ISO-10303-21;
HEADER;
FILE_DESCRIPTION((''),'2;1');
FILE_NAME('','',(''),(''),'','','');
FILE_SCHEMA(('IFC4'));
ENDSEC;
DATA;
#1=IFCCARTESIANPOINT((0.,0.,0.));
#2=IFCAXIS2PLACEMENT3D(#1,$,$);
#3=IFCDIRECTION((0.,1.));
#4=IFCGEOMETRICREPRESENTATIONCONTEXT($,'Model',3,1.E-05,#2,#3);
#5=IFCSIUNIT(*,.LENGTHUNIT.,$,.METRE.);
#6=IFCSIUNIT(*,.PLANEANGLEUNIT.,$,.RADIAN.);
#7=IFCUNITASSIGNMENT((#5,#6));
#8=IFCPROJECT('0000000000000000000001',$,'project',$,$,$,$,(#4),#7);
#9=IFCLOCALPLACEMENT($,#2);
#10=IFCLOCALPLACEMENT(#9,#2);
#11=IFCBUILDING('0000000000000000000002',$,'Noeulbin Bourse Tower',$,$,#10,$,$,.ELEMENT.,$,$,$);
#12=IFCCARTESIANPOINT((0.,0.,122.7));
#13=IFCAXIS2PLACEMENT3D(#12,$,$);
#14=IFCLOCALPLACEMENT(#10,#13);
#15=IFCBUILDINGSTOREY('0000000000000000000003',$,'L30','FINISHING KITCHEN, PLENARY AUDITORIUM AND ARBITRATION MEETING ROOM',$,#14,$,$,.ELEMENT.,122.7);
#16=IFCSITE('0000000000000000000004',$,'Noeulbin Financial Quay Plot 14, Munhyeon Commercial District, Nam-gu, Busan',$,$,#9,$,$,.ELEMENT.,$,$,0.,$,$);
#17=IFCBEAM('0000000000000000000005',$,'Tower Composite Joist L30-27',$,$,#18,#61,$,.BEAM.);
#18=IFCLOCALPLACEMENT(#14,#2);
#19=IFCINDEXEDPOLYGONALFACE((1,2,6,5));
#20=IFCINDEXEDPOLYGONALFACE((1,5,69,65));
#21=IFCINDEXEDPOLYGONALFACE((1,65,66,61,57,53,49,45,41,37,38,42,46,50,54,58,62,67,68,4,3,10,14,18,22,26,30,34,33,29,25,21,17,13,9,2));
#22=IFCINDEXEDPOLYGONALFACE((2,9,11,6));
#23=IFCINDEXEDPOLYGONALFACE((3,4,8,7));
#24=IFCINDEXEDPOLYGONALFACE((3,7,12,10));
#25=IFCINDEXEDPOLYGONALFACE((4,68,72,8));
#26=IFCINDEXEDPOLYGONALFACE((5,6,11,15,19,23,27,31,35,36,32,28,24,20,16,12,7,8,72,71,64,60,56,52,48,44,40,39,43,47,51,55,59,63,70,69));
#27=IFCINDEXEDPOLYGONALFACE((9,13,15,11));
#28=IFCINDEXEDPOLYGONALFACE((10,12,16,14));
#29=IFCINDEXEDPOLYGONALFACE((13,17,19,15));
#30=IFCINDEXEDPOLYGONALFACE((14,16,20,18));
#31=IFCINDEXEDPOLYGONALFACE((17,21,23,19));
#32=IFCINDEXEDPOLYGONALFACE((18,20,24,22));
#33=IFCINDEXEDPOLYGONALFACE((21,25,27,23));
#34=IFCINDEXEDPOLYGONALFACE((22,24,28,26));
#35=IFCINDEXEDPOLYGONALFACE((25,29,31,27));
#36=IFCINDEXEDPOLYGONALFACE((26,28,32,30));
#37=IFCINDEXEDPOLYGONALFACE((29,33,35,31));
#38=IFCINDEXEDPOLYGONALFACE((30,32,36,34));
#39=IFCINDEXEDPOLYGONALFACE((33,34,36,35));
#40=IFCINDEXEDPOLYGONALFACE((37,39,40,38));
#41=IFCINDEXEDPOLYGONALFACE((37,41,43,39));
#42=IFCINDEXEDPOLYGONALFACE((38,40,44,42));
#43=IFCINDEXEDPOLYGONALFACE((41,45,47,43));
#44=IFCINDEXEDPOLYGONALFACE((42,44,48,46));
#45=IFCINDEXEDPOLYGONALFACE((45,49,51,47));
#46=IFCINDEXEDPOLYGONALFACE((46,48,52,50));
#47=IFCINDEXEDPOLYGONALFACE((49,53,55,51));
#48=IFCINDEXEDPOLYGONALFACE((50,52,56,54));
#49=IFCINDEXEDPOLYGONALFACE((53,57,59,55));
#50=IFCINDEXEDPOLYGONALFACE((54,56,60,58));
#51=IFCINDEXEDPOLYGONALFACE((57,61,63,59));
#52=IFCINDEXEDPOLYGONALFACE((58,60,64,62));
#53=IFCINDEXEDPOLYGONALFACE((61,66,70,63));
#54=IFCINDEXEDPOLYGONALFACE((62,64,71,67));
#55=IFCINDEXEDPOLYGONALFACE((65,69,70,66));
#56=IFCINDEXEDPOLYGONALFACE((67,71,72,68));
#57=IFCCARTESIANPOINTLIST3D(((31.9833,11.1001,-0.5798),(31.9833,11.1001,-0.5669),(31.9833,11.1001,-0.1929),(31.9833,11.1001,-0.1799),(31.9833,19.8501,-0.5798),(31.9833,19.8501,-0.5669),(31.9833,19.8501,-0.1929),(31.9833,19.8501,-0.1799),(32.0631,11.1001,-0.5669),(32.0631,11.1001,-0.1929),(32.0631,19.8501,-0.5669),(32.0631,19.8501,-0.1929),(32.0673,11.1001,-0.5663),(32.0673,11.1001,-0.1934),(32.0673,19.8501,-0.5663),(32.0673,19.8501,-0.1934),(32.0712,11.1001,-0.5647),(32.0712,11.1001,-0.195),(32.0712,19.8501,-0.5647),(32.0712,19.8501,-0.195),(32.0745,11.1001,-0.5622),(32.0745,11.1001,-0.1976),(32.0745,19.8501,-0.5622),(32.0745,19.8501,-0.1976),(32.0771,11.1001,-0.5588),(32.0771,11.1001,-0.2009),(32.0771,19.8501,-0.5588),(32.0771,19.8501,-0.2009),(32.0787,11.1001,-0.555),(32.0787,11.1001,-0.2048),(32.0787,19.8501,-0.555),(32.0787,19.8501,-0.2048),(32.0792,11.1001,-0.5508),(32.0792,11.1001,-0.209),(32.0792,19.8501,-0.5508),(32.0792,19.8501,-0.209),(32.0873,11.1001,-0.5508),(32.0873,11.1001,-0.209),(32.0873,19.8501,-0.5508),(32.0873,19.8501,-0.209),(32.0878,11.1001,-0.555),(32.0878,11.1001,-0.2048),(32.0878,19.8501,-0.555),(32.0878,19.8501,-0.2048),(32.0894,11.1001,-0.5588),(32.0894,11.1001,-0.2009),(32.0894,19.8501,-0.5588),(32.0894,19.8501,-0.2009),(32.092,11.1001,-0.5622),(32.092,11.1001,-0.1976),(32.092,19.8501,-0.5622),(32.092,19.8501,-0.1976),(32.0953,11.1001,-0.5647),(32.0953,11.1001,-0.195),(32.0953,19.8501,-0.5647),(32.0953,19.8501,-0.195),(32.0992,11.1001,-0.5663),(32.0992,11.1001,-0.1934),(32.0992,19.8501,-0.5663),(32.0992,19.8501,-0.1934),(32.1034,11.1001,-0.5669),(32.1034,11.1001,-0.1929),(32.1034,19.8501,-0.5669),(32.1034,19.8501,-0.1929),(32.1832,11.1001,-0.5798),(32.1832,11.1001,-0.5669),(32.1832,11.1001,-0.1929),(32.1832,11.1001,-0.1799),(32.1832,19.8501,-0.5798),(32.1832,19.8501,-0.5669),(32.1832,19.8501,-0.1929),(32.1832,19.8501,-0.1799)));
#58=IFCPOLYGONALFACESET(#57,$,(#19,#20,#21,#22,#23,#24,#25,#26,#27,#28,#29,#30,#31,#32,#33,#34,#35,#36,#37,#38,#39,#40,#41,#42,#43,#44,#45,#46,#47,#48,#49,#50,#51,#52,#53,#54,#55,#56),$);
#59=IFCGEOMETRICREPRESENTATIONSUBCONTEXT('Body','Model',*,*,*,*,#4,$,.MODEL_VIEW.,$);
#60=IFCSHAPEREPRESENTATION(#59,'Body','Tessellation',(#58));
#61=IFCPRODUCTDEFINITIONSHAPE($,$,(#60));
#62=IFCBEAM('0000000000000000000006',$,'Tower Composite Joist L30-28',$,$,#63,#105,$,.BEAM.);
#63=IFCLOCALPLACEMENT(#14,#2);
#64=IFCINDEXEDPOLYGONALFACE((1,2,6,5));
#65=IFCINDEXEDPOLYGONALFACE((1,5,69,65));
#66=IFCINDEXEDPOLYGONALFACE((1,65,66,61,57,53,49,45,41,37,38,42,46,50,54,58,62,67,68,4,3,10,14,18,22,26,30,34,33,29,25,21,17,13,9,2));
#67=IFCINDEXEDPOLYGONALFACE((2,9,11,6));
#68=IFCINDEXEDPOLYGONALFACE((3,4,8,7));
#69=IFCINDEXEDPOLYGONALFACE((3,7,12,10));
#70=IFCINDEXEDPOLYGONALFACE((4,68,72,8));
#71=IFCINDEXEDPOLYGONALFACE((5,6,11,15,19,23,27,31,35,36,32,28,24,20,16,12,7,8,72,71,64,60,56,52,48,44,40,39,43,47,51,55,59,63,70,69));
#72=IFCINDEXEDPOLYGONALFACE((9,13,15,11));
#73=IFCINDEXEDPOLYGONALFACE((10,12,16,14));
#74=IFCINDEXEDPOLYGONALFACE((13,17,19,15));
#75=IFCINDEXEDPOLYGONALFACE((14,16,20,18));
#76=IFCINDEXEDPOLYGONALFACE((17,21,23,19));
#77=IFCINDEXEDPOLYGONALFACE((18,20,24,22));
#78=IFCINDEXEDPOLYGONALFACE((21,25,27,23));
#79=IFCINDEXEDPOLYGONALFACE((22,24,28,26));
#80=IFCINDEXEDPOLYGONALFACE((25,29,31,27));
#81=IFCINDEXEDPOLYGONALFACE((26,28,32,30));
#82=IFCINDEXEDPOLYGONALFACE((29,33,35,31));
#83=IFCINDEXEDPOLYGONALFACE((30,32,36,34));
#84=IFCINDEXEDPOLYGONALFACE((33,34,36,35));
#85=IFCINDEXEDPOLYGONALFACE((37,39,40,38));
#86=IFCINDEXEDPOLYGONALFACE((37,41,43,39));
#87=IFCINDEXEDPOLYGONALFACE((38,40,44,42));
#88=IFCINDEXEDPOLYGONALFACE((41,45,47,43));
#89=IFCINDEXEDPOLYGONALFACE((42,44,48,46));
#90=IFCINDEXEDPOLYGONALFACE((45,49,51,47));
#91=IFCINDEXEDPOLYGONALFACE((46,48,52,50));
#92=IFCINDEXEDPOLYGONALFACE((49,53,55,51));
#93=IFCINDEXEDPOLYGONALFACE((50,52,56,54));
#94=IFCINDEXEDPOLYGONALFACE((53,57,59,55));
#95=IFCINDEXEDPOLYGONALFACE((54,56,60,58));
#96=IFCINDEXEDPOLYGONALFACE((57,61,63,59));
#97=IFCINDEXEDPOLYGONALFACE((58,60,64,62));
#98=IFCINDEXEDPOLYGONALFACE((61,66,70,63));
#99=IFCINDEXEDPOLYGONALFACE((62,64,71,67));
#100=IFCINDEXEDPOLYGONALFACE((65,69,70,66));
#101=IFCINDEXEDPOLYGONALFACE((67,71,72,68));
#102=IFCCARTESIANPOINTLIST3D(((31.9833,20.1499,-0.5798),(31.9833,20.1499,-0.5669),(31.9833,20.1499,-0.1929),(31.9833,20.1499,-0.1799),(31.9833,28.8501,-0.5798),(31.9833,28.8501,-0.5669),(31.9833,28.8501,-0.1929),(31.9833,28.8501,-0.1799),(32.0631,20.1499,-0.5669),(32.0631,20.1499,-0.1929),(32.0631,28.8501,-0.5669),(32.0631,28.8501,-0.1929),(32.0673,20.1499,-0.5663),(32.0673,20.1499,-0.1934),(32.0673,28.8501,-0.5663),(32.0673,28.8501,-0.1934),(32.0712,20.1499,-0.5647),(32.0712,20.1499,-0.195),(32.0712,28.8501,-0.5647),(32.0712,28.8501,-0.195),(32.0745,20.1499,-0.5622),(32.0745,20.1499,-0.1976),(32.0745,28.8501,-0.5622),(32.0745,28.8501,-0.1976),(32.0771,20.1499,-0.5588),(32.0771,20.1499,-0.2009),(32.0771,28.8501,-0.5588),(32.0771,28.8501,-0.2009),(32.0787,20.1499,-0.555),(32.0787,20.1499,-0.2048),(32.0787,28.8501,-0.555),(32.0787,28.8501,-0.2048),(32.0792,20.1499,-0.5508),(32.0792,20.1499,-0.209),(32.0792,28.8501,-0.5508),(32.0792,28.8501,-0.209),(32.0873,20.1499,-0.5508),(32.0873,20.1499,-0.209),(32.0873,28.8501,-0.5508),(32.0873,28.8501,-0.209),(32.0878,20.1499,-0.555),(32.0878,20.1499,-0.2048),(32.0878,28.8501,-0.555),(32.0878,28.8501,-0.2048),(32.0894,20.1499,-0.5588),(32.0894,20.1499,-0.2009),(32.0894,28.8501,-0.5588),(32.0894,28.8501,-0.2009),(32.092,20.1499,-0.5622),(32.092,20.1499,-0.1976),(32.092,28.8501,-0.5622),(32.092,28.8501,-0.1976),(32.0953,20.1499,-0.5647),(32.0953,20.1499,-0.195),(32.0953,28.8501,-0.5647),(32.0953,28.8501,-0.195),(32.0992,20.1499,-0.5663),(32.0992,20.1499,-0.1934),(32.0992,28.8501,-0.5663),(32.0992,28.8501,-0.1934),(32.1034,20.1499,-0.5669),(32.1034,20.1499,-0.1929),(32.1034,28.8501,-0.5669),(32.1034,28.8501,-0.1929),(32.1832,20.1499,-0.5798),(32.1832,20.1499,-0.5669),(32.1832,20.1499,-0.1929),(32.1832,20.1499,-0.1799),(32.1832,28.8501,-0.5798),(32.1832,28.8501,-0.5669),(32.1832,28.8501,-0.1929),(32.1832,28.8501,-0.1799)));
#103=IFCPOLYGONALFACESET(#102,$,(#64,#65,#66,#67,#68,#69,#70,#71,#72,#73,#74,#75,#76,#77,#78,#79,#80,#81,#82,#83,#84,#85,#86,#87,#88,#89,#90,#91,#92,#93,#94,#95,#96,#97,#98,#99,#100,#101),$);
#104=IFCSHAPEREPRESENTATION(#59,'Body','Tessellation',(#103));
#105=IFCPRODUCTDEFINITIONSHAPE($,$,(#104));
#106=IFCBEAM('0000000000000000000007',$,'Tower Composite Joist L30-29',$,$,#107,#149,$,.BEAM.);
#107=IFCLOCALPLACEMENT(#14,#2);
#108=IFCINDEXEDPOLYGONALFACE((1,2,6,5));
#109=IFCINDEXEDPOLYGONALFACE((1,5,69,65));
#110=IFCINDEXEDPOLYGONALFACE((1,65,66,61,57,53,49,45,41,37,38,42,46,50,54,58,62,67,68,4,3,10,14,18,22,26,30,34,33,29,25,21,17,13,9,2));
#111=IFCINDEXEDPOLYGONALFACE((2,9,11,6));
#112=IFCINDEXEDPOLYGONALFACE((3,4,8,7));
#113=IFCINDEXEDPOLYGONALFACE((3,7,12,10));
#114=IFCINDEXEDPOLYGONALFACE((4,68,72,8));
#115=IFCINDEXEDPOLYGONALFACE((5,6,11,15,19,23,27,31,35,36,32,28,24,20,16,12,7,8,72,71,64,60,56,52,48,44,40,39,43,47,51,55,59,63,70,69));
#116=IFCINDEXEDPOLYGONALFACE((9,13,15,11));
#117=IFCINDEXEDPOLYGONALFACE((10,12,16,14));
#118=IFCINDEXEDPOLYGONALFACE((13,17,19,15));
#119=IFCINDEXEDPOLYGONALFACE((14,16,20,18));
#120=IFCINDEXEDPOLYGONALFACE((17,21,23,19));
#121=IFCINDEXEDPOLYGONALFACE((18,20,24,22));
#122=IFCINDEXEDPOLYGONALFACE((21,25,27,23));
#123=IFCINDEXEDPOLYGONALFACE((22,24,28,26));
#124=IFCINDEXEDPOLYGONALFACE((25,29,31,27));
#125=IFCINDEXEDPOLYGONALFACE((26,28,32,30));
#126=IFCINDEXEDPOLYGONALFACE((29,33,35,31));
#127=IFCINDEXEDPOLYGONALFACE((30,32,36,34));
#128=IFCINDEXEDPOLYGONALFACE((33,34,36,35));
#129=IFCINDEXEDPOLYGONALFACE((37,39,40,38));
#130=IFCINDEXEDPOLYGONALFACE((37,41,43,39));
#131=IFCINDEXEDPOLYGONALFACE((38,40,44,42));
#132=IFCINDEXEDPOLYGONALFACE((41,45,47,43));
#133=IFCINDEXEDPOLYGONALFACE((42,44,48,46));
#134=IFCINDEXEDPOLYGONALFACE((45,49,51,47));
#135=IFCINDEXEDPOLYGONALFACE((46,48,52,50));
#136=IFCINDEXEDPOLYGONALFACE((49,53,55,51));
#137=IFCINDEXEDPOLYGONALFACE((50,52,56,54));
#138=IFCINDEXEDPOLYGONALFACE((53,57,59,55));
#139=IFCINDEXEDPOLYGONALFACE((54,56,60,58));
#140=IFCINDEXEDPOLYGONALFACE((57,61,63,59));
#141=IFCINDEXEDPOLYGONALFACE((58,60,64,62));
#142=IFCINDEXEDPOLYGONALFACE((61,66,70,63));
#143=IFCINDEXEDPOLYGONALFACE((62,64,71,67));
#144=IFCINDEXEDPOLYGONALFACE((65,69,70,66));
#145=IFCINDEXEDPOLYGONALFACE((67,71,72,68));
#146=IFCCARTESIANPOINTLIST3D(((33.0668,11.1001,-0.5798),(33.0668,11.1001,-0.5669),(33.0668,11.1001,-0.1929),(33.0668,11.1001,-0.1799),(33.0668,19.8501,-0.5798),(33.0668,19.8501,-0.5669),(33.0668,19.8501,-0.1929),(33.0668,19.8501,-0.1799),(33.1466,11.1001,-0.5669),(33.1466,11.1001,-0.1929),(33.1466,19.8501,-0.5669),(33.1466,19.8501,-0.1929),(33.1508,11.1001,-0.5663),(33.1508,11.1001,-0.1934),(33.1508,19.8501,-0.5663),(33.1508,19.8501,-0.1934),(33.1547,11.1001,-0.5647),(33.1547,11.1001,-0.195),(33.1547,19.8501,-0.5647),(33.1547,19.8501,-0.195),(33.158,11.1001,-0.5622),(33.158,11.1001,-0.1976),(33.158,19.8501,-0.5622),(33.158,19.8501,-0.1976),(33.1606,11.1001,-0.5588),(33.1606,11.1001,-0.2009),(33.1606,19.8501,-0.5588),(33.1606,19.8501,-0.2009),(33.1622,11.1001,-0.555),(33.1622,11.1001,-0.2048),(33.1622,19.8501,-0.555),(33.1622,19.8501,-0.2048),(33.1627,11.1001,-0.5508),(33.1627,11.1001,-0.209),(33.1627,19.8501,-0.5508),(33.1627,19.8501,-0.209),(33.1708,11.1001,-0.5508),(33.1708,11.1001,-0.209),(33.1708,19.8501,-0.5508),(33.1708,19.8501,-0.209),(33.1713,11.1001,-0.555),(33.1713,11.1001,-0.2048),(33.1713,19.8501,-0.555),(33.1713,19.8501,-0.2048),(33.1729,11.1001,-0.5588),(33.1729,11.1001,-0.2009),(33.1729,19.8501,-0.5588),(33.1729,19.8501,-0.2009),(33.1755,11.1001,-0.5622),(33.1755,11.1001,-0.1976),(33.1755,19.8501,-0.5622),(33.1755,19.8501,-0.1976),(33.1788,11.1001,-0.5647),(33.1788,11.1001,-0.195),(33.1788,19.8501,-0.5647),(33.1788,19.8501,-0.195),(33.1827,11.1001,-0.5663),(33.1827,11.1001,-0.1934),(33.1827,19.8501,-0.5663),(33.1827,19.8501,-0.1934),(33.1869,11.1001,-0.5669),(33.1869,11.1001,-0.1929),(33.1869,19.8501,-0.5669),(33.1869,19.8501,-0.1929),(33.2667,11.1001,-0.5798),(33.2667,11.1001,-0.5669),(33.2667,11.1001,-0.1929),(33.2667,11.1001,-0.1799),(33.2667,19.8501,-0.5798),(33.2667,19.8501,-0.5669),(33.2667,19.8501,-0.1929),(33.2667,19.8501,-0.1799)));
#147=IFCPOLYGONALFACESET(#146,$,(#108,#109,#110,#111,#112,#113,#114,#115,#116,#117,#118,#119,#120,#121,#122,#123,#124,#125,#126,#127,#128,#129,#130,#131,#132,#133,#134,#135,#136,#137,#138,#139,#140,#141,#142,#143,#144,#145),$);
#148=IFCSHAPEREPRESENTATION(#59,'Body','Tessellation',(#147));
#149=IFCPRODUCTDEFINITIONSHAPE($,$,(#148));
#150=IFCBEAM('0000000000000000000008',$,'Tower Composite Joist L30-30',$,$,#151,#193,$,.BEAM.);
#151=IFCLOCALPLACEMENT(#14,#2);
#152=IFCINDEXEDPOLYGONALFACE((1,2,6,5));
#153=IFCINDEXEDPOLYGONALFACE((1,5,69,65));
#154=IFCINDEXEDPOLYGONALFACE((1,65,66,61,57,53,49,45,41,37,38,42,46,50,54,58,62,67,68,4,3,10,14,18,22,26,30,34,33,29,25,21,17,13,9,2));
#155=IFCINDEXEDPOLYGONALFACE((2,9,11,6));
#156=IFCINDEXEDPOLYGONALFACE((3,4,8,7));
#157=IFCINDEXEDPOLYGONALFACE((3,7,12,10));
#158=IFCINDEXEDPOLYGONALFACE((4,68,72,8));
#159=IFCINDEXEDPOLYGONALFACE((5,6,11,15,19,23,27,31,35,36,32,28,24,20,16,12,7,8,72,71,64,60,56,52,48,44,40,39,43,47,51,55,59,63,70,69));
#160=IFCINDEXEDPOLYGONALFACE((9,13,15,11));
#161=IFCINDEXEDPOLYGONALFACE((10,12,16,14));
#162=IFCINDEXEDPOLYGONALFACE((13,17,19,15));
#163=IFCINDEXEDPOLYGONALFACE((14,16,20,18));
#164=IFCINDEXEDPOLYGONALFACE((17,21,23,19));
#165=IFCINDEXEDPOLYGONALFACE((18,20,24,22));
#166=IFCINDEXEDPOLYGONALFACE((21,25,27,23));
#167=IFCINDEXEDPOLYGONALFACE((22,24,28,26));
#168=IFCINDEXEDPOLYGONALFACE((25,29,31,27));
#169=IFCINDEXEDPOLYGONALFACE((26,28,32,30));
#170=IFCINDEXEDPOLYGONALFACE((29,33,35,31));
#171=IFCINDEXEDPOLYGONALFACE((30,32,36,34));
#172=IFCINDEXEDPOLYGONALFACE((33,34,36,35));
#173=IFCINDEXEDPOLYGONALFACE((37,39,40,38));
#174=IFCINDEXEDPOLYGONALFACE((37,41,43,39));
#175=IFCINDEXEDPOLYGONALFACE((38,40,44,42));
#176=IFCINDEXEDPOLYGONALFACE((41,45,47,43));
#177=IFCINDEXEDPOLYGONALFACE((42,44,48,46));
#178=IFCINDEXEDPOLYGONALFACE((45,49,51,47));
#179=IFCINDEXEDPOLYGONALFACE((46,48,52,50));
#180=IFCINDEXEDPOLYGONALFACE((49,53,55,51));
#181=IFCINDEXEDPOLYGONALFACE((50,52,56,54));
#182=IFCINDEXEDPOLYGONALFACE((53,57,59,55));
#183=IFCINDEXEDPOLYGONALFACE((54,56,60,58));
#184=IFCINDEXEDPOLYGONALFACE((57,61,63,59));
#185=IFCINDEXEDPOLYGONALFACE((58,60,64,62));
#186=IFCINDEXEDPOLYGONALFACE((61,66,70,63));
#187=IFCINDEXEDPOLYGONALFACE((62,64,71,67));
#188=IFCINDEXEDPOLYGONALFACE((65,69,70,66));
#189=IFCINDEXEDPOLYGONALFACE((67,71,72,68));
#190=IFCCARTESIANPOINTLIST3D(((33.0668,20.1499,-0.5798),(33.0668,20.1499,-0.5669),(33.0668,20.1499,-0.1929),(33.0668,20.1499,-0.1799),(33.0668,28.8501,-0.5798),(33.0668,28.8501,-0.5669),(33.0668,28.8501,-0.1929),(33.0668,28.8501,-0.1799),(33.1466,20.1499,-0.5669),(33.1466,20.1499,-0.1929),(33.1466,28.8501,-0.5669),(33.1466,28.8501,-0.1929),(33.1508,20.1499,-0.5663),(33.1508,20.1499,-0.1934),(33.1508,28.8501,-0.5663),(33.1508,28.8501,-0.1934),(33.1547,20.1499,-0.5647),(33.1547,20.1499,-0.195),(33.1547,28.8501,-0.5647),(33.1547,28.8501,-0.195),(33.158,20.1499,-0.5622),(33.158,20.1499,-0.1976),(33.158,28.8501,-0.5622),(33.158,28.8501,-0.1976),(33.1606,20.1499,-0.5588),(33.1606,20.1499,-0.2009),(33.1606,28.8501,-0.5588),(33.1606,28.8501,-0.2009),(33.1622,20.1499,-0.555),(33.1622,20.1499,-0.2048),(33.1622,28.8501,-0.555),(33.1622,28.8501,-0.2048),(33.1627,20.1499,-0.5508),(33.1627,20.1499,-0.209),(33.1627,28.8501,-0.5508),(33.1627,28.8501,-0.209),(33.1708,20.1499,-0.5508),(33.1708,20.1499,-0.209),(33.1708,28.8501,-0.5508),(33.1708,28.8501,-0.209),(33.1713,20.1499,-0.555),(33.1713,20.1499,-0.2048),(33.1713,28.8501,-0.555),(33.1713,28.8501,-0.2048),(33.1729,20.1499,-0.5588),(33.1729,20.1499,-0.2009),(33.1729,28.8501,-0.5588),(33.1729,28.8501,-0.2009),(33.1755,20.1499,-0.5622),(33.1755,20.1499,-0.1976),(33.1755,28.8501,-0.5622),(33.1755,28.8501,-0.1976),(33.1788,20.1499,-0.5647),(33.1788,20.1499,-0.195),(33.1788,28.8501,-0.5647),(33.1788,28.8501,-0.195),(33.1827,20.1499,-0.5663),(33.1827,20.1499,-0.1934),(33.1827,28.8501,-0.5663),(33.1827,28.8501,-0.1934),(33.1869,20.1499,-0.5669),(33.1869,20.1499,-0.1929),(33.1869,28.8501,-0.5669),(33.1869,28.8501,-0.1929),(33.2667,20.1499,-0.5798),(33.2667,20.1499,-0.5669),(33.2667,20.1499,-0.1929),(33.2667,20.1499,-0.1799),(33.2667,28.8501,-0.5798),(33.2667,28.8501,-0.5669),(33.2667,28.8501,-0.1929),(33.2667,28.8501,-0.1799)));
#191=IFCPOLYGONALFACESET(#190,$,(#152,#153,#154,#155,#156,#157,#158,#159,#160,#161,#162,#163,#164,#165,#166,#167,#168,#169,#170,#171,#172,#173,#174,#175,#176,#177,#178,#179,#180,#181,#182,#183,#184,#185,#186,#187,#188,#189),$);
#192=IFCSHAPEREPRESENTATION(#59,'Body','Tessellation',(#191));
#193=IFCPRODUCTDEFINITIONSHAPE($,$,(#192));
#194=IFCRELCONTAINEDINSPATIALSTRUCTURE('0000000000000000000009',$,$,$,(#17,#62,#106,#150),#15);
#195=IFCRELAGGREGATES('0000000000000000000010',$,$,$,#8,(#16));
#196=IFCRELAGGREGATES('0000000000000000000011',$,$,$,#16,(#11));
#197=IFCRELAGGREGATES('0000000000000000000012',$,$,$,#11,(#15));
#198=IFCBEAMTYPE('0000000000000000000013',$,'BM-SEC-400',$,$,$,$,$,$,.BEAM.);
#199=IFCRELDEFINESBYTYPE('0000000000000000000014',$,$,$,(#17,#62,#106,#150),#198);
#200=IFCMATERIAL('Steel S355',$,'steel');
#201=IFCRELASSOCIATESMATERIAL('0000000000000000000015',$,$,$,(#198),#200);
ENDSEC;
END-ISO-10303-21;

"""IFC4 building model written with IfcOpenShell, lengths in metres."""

from ifc_helpers import new_model, si_unit, direction, frame, origin, origin_2d, place, context, subcontext, project, spatial, i_section, extrude, material, material_profile, profile_set, type_object, element, save


model = new_model("IFC4")

# Units and contexts
model_context = context("Model", 3, precision=1e-05, world=origin(), true_north=direction((0.0, 1.0)))
body_context = subcontext(model_context, "Body", "Model", "MODEL_VIEW")
ifc_project = project(units=[si_unit("LENGTHUNIT", "METRE"), si_unit("PLANEANGLEUNIT", "RADIAN")], contexts=[model_context])

# Site, building, storey
site_placement = place(None, origin())
site = spatial("IfcSite", under=ifc_project, at=site_placement, Name="Noeulbin Financial Quay Plot 14, Munhyeon Commercial District, Nam-gu, Busan", CompositionType="ELEMENT", RefElevation=0.0)
building_placement = place(site_placement, origin())
building = spatial("IfcBuilding", under=site, at=building_placement, Name="Noeulbin Bourse Tower", CompositionType="ELEMENT")
storey_placement = place(building_placement, frame((0.0, 0.0, 122.7)))
storey = spatial("IfcBuildingStorey", under=building, at=storey_placement, Name="L30", Description="FINISHING KITCHEN, PLENARY AUDITORIUM AND ARBITRATION MEETING ROOM", CompositionType="ELEMENT", Elevation=122.7)

# Beams
ifc_material_1 = material(Name="Steel S355", Category="steel")
ifc_material_profile_1 = material_profile(ifc_material_1, i_section(OverallWidth=0.2, OverallDepth=0.3999, WebThickness=0.0081, FlangeThickness=0.0129, FilletRadius=0.0161, at=origin_2d()), Name="H-400x200x8x13", Category="LoadBearing")
ifc_profile_set_1 = profile_set([ifc_material_profile_1], Name="Steel S355")
beam_type_1 = type_object("IfcBeamType", Name="BM-SEC-400", PredefinedType="BEAM", material=ifc_profile_set_1)
beam_1_placement = place(storey_placement, frame((32.0833, 11.1001, -0.3799), z_axis=(0.0, 1.0, 0.0), x_axis=(-1.0, 0.0, 0.0)))
element("IfcBeam", 1, at=beam_1_placement, inside=storey, type_object=beam_type_1, Name="Tower Composite Joist L30-27", PredefinedType="BEAM", context=body_context, shape_type="SweptSolid", body=[
    extrude(i_section(OverallWidth=0.2, OverallDepth=0.3999, WebThickness=0.0081, FlangeThickness=0.0129, FilletRadius=0.0161, at=origin_2d()), origin(), (0.0, 0.0, 1.0), 8.75),
])
beam_2_placement = place(storey_placement, frame((32.0833, 20.1499, -0.3799), z_axis=(0.0, 1.0, 0.0), x_axis=(-1.0, 0.0, 0.0)))
element("IfcBeam", 2, at=beam_2_placement, inside=storey, type_object=beam_type_1, Name="Tower Composite Joist L30-28", PredefinedType="BEAM", context=body_context, shape_type="SweptSolid", body=[
    extrude(i_section(OverallWidth=0.2, OverallDepth=0.3999, WebThickness=0.0081, FlangeThickness=0.0129, FilletRadius=0.0161, at=origin_2d()), origin(), (0.0, 0.0, 1.0), 8.7002),
])
beam_3_placement = place(storey_placement, frame((33.1667, 11.1001, -0.3799), z_axis=(0.0, 1.0, 0.0), x_axis=(-1.0, 0.0, 0.0)))
element("IfcBeam", 3, at=beam_3_placement, inside=storey, type_object=beam_type_1, Name="Tower Composite Joist L30-29", PredefinedType="BEAM", context=body_context, shape_type="SweptSolid", body=[
    extrude(i_section(OverallWidth=0.2, OverallDepth=0.3999, WebThickness=0.0081, FlangeThickness=0.0129, FilletRadius=0.0161, at=origin_2d()), origin(), (0.0, 0.0, 1.0), 8.75),
])
beam_4_placement = place(storey_placement, frame((33.1667, 20.1499, -0.3799), z_axis=(0.0, 1.0, 0.0), x_axis=(-1.0, 0.0, 0.0)))
element("IfcBeam", 4, at=beam_4_placement, inside=storey, type_object=beam_type_1, Name="Tower Composite Joist L30-30", PredefinedType="BEAM", context=body_context, shape_type="SweptSolid", body=[
    extrude(i_section(OverallWidth=0.2, OverallDepth=0.3999, WebThickness=0.0081, FlangeThickness=0.0129, FilletRadius=0.0161, at=origin_2d()), origin(), (0.0, 0.0, 1.0), 8.7002),
])

save(model, "model.ifc")
